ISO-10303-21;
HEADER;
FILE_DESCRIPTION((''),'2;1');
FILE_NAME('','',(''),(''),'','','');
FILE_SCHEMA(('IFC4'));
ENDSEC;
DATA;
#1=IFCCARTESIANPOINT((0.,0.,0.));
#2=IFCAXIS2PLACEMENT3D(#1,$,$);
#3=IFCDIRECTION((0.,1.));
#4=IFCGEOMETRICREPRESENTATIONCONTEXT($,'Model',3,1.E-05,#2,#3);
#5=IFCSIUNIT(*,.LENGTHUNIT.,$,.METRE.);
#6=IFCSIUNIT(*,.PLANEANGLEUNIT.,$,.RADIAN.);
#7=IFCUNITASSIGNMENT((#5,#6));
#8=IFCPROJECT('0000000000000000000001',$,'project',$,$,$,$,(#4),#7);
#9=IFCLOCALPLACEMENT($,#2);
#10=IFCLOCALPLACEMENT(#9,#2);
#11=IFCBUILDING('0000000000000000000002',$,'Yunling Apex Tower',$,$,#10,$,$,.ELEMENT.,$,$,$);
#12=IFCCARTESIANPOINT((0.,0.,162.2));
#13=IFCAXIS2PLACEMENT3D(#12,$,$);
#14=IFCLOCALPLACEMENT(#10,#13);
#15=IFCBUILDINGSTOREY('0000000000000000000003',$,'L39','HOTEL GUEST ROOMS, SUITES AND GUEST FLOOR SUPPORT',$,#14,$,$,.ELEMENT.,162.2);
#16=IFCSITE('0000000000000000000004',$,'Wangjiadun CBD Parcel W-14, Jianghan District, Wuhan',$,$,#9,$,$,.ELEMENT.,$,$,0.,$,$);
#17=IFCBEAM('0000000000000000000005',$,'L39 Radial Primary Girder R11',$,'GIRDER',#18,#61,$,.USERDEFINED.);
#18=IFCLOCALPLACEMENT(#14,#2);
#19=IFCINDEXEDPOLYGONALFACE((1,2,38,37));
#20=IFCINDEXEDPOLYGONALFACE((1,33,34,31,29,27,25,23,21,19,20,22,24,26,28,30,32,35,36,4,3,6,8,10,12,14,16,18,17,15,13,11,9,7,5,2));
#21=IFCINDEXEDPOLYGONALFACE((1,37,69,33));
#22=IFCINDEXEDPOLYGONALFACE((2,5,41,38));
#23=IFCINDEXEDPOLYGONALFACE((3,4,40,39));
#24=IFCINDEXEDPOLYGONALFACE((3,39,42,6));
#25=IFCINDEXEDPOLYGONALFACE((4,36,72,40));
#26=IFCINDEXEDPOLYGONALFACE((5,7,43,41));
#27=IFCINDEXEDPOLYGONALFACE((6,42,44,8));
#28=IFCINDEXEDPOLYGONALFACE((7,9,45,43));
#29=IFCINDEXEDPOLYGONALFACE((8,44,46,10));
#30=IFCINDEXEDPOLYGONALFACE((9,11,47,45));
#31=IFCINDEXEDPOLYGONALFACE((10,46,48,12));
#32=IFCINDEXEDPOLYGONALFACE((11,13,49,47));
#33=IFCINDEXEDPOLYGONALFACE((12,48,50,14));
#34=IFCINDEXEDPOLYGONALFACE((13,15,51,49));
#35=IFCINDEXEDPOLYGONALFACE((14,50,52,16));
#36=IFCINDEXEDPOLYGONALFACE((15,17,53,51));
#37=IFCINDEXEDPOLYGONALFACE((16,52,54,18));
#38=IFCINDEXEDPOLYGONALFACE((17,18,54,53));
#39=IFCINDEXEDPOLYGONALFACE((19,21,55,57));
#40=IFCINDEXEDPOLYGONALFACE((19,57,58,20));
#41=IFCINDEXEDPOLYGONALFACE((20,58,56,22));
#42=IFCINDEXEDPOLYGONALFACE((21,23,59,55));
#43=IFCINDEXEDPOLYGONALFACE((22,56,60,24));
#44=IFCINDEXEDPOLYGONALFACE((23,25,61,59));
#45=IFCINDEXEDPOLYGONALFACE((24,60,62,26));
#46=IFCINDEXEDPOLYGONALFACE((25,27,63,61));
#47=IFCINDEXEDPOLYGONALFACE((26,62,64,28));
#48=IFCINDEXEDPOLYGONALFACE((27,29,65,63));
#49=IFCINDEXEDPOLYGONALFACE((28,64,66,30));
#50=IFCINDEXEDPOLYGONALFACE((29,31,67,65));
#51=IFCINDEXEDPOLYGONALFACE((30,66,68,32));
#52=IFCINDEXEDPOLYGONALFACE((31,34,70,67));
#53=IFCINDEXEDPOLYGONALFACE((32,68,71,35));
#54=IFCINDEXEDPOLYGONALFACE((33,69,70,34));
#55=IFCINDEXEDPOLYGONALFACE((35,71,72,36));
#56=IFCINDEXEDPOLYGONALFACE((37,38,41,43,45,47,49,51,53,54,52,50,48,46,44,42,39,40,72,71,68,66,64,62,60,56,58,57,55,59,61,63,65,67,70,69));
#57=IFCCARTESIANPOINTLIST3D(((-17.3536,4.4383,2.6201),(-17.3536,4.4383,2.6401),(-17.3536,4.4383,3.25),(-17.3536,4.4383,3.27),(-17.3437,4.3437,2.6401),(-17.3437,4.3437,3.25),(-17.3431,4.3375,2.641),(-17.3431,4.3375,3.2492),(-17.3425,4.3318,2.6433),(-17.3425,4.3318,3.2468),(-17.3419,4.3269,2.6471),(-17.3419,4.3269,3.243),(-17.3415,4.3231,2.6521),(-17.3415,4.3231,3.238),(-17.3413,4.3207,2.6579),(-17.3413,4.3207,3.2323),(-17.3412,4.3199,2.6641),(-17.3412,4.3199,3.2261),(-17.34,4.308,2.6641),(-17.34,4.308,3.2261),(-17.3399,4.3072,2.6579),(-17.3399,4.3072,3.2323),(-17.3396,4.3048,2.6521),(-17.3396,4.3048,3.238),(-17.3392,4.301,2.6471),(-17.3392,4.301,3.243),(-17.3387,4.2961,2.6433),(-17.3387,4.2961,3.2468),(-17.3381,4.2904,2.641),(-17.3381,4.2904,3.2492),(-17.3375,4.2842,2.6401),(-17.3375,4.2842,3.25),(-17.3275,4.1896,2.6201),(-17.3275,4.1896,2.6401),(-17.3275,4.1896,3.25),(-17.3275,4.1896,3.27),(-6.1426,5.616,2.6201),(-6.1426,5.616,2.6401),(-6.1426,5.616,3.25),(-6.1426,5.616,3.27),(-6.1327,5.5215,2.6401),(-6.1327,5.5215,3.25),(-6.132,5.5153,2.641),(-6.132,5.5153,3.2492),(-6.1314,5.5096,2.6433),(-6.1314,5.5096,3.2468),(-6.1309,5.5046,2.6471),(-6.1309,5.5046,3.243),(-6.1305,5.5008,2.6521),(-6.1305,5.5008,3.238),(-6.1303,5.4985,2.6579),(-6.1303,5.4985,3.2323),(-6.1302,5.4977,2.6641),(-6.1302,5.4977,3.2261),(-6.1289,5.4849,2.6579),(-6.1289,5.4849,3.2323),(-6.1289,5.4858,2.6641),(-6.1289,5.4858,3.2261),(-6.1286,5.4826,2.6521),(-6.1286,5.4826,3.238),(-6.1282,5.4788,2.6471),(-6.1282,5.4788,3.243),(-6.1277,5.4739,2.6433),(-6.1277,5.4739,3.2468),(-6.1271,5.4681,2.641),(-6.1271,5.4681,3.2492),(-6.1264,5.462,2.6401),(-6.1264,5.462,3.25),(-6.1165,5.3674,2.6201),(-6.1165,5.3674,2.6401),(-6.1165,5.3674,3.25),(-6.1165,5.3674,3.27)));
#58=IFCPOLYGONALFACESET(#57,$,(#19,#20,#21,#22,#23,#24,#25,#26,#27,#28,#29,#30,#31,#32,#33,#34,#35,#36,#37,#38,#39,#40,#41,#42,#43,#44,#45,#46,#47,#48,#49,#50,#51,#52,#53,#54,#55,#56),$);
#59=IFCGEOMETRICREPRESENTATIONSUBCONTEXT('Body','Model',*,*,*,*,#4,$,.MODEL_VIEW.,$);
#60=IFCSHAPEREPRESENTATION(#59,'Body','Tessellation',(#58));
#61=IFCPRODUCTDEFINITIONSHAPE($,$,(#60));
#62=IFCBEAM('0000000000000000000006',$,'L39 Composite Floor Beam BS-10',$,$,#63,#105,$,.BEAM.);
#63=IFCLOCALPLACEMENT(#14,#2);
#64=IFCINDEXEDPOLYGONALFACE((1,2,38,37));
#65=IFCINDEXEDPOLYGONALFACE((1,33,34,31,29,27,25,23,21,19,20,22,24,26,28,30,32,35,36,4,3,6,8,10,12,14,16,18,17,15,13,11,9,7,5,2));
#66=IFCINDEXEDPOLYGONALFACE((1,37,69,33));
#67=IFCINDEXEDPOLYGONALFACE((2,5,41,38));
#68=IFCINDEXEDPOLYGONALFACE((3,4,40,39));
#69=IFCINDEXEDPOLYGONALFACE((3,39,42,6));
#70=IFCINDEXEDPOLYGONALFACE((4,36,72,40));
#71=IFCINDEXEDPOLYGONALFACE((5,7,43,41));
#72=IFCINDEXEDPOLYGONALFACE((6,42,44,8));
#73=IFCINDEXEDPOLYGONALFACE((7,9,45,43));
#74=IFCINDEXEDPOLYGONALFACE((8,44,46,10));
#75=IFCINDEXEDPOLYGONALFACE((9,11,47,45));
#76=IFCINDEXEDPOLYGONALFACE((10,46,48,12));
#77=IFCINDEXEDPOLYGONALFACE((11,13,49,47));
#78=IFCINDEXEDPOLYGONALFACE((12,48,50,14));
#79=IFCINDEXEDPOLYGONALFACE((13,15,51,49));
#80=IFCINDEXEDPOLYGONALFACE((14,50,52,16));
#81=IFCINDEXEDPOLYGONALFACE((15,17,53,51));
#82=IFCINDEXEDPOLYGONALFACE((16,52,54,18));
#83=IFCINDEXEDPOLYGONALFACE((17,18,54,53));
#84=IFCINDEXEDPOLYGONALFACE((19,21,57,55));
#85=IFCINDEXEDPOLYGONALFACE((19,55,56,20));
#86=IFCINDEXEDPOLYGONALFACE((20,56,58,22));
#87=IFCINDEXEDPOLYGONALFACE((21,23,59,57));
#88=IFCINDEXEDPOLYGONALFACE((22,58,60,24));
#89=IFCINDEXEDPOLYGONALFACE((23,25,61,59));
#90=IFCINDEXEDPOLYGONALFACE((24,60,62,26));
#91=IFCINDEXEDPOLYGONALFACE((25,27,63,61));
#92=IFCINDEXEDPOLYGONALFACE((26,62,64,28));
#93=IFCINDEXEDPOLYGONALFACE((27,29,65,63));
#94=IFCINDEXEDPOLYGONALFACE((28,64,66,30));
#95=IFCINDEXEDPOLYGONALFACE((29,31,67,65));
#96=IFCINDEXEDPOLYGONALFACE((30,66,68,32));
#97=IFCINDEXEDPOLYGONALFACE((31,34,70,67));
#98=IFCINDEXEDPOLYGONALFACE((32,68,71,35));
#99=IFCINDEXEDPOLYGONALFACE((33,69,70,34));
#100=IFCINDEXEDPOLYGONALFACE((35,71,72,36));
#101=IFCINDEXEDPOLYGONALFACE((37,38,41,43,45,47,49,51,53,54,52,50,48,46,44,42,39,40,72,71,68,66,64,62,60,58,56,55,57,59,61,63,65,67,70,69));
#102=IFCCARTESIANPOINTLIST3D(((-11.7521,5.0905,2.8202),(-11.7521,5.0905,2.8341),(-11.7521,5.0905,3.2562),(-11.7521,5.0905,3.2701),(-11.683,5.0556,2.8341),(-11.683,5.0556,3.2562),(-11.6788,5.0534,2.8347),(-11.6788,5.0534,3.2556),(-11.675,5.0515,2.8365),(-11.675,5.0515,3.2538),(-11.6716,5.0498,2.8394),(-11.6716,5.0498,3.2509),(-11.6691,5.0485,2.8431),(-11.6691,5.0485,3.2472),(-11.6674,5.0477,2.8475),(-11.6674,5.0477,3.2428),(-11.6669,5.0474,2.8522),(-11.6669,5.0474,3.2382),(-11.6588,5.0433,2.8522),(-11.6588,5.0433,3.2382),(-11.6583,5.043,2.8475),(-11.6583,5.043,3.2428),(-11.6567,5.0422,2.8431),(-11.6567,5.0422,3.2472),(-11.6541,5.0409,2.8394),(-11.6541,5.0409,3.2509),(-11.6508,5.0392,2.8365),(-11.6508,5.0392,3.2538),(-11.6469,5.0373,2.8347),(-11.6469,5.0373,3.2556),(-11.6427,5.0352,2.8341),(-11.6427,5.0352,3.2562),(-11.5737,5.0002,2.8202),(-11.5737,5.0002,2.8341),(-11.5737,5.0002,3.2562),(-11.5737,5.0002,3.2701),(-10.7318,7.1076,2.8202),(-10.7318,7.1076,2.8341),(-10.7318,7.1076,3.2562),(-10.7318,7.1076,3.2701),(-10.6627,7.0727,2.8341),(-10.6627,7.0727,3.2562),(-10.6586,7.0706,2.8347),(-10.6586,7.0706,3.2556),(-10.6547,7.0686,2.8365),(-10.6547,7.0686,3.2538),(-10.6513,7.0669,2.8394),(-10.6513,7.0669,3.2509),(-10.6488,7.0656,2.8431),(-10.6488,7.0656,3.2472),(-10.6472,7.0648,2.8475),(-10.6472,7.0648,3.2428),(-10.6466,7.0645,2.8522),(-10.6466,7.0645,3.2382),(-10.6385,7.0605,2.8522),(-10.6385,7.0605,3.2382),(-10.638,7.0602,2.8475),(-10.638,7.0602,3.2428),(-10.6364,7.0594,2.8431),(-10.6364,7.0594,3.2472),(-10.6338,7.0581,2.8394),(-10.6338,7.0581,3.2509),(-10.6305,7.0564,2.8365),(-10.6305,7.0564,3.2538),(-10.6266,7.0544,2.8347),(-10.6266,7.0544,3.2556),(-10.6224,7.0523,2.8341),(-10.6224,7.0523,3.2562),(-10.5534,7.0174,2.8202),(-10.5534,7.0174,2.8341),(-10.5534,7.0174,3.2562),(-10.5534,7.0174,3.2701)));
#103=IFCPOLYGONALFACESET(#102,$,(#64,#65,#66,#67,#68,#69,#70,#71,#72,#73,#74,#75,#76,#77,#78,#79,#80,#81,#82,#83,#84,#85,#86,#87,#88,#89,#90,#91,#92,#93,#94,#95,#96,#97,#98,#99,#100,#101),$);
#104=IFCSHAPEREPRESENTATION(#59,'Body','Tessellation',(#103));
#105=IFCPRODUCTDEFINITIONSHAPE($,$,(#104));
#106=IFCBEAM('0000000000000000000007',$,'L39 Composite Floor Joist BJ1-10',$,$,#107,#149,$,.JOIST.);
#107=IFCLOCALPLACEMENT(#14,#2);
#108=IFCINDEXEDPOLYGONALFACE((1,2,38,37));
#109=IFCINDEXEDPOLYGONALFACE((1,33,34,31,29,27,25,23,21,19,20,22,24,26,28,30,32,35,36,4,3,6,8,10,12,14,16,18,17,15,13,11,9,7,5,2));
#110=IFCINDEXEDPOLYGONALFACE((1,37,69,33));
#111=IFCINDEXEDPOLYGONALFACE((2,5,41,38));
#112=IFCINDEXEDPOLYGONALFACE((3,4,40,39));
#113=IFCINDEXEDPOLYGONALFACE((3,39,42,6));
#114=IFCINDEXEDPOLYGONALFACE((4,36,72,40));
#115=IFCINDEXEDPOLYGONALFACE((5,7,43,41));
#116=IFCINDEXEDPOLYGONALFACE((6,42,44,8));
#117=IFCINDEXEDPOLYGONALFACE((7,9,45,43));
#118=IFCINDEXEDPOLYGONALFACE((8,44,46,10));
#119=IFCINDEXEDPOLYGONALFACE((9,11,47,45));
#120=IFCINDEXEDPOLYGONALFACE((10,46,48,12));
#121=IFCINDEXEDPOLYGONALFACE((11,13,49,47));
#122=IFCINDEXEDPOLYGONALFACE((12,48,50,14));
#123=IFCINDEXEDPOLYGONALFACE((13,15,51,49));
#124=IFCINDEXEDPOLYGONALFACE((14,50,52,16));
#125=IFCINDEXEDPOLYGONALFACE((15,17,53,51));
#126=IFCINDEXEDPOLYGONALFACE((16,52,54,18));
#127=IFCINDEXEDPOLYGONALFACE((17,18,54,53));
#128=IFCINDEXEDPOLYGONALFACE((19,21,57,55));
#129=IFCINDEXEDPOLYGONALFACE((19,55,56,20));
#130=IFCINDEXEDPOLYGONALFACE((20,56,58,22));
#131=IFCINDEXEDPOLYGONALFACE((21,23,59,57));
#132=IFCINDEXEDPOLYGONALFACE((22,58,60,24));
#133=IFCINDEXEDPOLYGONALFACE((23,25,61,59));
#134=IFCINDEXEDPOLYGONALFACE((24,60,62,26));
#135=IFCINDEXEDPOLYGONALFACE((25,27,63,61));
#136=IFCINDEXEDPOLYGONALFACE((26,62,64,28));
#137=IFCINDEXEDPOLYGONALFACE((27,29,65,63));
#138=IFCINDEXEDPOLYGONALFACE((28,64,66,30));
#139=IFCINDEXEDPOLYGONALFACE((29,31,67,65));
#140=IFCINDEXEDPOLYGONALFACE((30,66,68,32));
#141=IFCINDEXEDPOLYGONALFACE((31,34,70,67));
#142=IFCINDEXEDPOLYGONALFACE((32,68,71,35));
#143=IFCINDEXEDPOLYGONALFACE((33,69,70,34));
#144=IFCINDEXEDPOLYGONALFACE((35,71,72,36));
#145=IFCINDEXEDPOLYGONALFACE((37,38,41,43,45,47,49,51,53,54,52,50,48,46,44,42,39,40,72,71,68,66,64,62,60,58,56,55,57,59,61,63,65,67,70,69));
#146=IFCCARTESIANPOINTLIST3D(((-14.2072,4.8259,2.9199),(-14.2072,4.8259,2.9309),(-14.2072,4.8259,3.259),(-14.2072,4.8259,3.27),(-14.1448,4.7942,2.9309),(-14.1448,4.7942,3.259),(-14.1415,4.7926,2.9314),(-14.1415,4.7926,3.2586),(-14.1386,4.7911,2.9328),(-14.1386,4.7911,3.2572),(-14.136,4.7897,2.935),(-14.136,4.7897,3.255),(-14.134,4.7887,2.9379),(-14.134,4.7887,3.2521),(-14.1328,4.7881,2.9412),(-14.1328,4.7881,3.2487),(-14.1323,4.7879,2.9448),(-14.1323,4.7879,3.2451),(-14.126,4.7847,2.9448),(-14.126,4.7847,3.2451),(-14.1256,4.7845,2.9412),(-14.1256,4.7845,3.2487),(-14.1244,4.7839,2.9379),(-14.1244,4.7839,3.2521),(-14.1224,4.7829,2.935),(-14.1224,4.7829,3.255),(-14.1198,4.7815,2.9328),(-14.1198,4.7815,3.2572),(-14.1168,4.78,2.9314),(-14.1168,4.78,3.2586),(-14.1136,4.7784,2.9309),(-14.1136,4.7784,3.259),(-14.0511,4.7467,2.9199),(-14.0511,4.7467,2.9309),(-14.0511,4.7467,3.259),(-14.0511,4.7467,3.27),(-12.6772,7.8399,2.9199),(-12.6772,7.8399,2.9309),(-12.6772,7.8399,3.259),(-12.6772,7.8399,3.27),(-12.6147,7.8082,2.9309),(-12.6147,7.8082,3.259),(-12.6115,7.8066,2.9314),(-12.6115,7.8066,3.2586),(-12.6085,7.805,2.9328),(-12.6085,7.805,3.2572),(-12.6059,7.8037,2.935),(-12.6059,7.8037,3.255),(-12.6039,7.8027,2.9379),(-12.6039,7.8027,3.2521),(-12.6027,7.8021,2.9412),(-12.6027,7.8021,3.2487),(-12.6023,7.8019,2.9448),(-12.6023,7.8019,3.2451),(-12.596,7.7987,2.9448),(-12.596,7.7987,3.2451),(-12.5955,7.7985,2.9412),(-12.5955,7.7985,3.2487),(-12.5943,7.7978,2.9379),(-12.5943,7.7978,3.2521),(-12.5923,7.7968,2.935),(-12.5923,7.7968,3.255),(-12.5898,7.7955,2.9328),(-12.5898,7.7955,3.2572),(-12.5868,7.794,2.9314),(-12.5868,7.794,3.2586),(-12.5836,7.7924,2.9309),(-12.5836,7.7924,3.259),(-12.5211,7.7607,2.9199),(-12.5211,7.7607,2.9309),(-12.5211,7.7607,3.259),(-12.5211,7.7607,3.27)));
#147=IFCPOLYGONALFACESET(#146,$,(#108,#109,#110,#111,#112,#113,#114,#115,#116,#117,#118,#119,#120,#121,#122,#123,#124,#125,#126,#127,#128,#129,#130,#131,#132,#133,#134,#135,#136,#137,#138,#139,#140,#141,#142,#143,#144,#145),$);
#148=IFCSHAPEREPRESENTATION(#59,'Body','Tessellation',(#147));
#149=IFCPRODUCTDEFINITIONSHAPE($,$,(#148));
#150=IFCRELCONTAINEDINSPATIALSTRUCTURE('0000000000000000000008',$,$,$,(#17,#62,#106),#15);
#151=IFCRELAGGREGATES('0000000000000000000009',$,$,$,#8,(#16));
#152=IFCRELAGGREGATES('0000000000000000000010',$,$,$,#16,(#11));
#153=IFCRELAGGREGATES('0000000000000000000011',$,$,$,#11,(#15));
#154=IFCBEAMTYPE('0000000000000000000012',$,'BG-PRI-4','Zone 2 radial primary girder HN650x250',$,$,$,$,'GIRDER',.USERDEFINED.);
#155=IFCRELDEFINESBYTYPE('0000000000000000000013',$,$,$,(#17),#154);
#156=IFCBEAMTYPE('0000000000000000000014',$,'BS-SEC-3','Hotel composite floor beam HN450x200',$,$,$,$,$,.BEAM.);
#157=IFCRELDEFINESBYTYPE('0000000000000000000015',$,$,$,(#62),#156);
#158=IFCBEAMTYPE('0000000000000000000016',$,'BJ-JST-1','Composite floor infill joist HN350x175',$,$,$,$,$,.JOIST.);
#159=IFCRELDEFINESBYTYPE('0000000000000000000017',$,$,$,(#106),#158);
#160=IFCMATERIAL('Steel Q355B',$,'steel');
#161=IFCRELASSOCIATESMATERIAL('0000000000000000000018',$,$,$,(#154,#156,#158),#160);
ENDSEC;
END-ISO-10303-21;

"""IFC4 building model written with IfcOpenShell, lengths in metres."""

from ifc_helpers import new_model, si_unit, direction, frame, origin, origin_2d, place, context, subcontext, project, spatial, i_section, extrude, source, transform, mapped, material, material_profile, profile_set, type_object, element, save


model = new_model("IFC4")

# Units and contexts
model_context = context("Model", 3, precision=1e-05, world=origin(), true_north=direction((0.0, 1.0)))
body_context = subcontext(model_context, "Body", "Model", "MODEL_VIEW")
ifc_project = project(units=[si_unit("LENGTHUNIT", "METRE"), si_unit("PLANEANGLEUNIT", "RADIAN")], contexts=[model_context])

# Site, building, storey
site_placement = place(None, origin())
site = spatial("IfcSite", under=ifc_project, at=site_placement, Name="Wangjiadun CBD Parcel W-14, Jianghan District, Wuhan", CompositionType="ELEMENT", RefElevation=0.0)
building_placement = place(site_placement, origin())
building = spatial("IfcBuilding", under=site, at=building_placement, Name="Yunling Apex Tower", CompositionType="ELEMENT")
storey_placement = place(building_placement, frame((0.0, 0.0, 162.2)))
storey = spatial("IfcBuildingStorey", under=building, at=storey_placement, Name="L39", Description="HOTEL GUEST ROOMS, SUITES AND GUEST FLOOR SUPPORT", CompositionType="ELEMENT", Elevation=162.2)

# Beams
ifc_material_1 = material(Name="Steel Q355B", Category="steel")
ifc_material_profile_1 = material_profile(ifc_material_1, i_section(OverallWidth=0.25, OverallDepth=0.6499, WebThickness=0.012, FlangeThickness=0.02, FilletRadius=0.0239, at=origin_2d()))
ifc_profile_set_1 = profile_set([ifc_material_profile_1], Name="Steel Q355B")
beam_type_1 = type_object("IfcBeamType", Name="BG-PRI-4", Description="Zone 2 radial primary girder HN650x250", ElementType="GIRDER", PredefinedType="USERDEFINED", material=ifc_profile_set_1)
shared_shape_1 = source(origin(), body_context, "Body", "SweptSolid", [
    extrude(i_section(OverallWidth=0.25, OverallDepth=0.6499, WebThickness=0.012, FlangeThickness=0.02, FilletRadius=0.0239, at=origin_2d()), origin(), (0.0, 0.0, 1.0), 11.2727),
])
beam_1_placement = place(storey_placement, frame((-17.3406, 4.314, 2.9451), z_axis=(0.994527, 0.104477, 0.0), x_axis=(-0.104477, 0.994527, 0.0)))
element("IfcBeam", 1, at=beam_1_placement, inside=storey, type_object=beam_type_1, Name="L39 Radial Primary Girder R11", ObjectType="GIRDER", PredefinedType="USERDEFINED", context=body_context, shape_type="MappedRepresentation", body=[
    mapped(shared_shape_1, transform((0.0, 0.0, 0.0), scale=1.0)),
])
ifc_material_profile_2 = material_profile(ifc_material_1, i_section(OverallWidth=0.2, OverallDepth=0.45, WebThickness=0.009, FlangeThickness=0.0139, FilletRadius=0.0181, at=origin_2d()))
ifc_profile_set_2 = profile_set([ifc_material_profile_2], Name="Steel Q355B")
beam_type_2 = type_object("IfcBeamType", Name="BS-SEC-3", Description="Hotel composite floor beam HN450x200", PredefinedType="BEAM", material=ifc_profile_set_2)
shared_shape_2 = source(origin(), body_context, "Body", "SweptSolid", [
    extrude(i_section(OverallWidth=0.2, OverallDepth=0.45, WebThickness=0.009, FlangeThickness=0.0139, FilletRadius=0.0181, at=origin_2d()), origin(), (0.0, 0.0, 1.0), 2.2605),
])
beam_2_placement = place(storey_placement, frame((-10.6426, 7.0625, 3.0452), z_axis=(-0.451356, -0.892344, 0.0), x_axis=(0.892344, -0.451356, 0.0)))
element("IfcBeam", 2, at=beam_2_placement, inside=storey, type_object=beam_type_2, Name="L39 Composite Floor Beam BS-10", PredefinedType="BEAM", context=body_context, shape_type="MappedRepresentation", body=[
    mapped(shared_shape_2, transform((0.0, 0.0, 0.0), scale=1.0)),
])
ifc_material_profile_3 = material_profile(ifc_material_1, i_section(OverallWidth=0.175, OverallDepth=0.3501, WebThickness=0.0071, FlangeThickness=0.011, FilletRadius=0.0139, at=origin_2d()))
ifc_profile_set_3 = profile_set([ifc_material_profile_3], Name="Steel Q355B")
beam_type_3 = type_object("IfcBeamType", Name="BJ-JST-1", Description="Composite floor infill joist HN350x175", PredefinedType="JOIST", material=ifc_profile_set_3)
shared_shape_3 = source(origin(), body_context, "Body", "SweptSolid", [
    extrude(i_section(OverallWidth=0.175, OverallDepth=0.3501, WebThickness=0.0071, FlangeThickness=0.011, FilletRadius=0.0139, at=origin_2d()), origin(), (0.0, 0.0, 1.0), 3.3801),
])
beam_3_placement = place(storey_placement, frame((-12.5991, 7.8003, 3.095), z_axis=(-0.452666, -0.89168, 0.0), x_axis=(0.89168, -0.452666, 0.0)))
element("IfcBeam", 3, at=beam_3_placement, inside=storey, type_object=beam_type_3, Name="L39 Composite Floor Joist BJ1-10", PredefinedType="JOIST", context=body_context, shape_type="MappedRepresentation", body=[
    mapped(shared_shape_3, transform((0.0, 0.0, 0.0), scale=1.0)),
])

save(model, "model.ifc")
